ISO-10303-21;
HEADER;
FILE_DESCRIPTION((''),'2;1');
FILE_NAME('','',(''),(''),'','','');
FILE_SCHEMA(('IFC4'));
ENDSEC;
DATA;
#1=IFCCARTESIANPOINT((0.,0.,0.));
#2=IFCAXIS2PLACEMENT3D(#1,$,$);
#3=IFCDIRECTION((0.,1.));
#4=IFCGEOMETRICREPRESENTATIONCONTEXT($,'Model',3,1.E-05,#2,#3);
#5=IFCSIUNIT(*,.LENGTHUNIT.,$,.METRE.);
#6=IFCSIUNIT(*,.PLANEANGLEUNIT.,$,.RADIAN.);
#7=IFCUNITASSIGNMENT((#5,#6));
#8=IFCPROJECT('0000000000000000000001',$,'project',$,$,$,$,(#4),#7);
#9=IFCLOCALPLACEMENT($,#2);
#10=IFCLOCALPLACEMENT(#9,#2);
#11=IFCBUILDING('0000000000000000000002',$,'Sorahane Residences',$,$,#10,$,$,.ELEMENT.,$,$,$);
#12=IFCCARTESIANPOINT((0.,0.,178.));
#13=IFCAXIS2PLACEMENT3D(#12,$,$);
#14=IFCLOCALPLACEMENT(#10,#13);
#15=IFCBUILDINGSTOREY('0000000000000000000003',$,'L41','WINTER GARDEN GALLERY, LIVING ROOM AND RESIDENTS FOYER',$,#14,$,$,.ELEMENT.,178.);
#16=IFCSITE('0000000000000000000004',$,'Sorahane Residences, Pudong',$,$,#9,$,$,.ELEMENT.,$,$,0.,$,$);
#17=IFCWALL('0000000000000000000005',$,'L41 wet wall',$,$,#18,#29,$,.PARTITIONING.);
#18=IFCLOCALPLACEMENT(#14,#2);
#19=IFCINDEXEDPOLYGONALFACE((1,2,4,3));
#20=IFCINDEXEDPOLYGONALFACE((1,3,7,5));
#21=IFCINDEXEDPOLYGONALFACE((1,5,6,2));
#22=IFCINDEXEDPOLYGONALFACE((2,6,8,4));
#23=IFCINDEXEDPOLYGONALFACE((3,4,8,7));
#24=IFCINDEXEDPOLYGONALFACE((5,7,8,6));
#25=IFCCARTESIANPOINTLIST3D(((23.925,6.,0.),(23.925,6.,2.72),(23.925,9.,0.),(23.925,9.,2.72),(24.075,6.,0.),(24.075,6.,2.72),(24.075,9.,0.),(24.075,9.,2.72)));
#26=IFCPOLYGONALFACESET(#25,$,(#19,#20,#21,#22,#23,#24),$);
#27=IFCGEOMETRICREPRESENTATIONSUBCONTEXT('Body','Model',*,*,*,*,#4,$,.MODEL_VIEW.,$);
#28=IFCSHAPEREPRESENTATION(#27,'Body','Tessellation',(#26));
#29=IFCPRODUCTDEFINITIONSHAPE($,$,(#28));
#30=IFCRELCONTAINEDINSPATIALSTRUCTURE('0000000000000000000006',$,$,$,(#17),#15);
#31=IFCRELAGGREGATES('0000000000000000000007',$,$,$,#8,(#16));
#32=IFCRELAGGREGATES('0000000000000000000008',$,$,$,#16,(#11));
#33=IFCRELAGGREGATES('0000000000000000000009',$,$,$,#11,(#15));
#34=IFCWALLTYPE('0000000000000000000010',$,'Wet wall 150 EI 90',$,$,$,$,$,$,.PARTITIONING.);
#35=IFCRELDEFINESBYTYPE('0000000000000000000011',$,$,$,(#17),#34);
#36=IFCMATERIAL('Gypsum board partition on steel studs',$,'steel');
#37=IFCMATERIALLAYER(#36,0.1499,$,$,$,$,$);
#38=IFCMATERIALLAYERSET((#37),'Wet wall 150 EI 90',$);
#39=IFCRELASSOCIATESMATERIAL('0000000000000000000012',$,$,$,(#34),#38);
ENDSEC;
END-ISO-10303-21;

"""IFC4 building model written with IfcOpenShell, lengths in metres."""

from ifc_helpers import new_model, si_unit, direction, frame, frame_2d, origin, place, context, subcontext, project, spatial, rectangle, extrude, material, layer, layer_set, type_object, element, save


model = new_model("IFC4")

# Units and contexts
model_context = context("Model", 3, precision=1e-05, world=origin(), true_north=direction((0.0, 1.0)))
body_context = subcontext(model_context, "Body", "Model", "MODEL_VIEW")
ifc_project = project(units=[si_unit("LENGTHUNIT", "METRE"), si_unit("PLANEANGLEUNIT", "RADIAN")], contexts=[model_context])

# Site, building, storey
site_placement = place(None, origin())
site = spatial("IfcSite", under=ifc_project, at=site_placement, Name="Sorahane Residences, Pudong", CompositionType="ELEMENT", RefElevation=0.0)
building_placement = place(site_placement, origin())
building = spatial("IfcBuilding", under=site, at=building_placement, Name="Sorahane Residences", CompositionType="ELEMENT")
storey_placement = place(building_placement, frame((0.0, 0.0, 178.0)))
storey = spatial("IfcBuildingStorey", under=building, at=storey_placement, Name="L41", Description="WINTER GARDEN GALLERY, LIVING ROOM AND RESIDENTS FOYER", CompositionType="ELEMENT", Elevation=178.0)

# Wall
ifc_material_1 = material(Name="Gypsum board partition on steel studs", Category="steel")
ifc_layer_1 = layer(ifc_material_1, 0.1499)
ifc_layer_set_1 = layer_set([ifc_layer_1], Name="Wet wall 150 EI 90")
wall_type_1 = type_object("IfcWallType", Name="Wet wall 150 EI 90", PredefinedType="PARTITIONING", material=ifc_layer_set_1)
wall_1_placement = place(storey_placement, frame((24.0, 6.0, 0.0), z_axis=(0.0, 0.0, 1.0), x_axis=(0.0, 1.0, 0.0)))
element("IfcWall", 1, at=wall_1_placement, inside=storey, type_object=wall_type_1, Name="L41 wet wall", PredefinedType="PARTITIONING", context=body_context, shape_type="SweptSolid", body=[
    extrude(rectangle(XDim=3.0, YDim=0.1499, at=frame_2d((1.5, 0.0))), origin(), (0.0, 0.0, 1.0), 2.72),
])

save(model, "model.ifc")
